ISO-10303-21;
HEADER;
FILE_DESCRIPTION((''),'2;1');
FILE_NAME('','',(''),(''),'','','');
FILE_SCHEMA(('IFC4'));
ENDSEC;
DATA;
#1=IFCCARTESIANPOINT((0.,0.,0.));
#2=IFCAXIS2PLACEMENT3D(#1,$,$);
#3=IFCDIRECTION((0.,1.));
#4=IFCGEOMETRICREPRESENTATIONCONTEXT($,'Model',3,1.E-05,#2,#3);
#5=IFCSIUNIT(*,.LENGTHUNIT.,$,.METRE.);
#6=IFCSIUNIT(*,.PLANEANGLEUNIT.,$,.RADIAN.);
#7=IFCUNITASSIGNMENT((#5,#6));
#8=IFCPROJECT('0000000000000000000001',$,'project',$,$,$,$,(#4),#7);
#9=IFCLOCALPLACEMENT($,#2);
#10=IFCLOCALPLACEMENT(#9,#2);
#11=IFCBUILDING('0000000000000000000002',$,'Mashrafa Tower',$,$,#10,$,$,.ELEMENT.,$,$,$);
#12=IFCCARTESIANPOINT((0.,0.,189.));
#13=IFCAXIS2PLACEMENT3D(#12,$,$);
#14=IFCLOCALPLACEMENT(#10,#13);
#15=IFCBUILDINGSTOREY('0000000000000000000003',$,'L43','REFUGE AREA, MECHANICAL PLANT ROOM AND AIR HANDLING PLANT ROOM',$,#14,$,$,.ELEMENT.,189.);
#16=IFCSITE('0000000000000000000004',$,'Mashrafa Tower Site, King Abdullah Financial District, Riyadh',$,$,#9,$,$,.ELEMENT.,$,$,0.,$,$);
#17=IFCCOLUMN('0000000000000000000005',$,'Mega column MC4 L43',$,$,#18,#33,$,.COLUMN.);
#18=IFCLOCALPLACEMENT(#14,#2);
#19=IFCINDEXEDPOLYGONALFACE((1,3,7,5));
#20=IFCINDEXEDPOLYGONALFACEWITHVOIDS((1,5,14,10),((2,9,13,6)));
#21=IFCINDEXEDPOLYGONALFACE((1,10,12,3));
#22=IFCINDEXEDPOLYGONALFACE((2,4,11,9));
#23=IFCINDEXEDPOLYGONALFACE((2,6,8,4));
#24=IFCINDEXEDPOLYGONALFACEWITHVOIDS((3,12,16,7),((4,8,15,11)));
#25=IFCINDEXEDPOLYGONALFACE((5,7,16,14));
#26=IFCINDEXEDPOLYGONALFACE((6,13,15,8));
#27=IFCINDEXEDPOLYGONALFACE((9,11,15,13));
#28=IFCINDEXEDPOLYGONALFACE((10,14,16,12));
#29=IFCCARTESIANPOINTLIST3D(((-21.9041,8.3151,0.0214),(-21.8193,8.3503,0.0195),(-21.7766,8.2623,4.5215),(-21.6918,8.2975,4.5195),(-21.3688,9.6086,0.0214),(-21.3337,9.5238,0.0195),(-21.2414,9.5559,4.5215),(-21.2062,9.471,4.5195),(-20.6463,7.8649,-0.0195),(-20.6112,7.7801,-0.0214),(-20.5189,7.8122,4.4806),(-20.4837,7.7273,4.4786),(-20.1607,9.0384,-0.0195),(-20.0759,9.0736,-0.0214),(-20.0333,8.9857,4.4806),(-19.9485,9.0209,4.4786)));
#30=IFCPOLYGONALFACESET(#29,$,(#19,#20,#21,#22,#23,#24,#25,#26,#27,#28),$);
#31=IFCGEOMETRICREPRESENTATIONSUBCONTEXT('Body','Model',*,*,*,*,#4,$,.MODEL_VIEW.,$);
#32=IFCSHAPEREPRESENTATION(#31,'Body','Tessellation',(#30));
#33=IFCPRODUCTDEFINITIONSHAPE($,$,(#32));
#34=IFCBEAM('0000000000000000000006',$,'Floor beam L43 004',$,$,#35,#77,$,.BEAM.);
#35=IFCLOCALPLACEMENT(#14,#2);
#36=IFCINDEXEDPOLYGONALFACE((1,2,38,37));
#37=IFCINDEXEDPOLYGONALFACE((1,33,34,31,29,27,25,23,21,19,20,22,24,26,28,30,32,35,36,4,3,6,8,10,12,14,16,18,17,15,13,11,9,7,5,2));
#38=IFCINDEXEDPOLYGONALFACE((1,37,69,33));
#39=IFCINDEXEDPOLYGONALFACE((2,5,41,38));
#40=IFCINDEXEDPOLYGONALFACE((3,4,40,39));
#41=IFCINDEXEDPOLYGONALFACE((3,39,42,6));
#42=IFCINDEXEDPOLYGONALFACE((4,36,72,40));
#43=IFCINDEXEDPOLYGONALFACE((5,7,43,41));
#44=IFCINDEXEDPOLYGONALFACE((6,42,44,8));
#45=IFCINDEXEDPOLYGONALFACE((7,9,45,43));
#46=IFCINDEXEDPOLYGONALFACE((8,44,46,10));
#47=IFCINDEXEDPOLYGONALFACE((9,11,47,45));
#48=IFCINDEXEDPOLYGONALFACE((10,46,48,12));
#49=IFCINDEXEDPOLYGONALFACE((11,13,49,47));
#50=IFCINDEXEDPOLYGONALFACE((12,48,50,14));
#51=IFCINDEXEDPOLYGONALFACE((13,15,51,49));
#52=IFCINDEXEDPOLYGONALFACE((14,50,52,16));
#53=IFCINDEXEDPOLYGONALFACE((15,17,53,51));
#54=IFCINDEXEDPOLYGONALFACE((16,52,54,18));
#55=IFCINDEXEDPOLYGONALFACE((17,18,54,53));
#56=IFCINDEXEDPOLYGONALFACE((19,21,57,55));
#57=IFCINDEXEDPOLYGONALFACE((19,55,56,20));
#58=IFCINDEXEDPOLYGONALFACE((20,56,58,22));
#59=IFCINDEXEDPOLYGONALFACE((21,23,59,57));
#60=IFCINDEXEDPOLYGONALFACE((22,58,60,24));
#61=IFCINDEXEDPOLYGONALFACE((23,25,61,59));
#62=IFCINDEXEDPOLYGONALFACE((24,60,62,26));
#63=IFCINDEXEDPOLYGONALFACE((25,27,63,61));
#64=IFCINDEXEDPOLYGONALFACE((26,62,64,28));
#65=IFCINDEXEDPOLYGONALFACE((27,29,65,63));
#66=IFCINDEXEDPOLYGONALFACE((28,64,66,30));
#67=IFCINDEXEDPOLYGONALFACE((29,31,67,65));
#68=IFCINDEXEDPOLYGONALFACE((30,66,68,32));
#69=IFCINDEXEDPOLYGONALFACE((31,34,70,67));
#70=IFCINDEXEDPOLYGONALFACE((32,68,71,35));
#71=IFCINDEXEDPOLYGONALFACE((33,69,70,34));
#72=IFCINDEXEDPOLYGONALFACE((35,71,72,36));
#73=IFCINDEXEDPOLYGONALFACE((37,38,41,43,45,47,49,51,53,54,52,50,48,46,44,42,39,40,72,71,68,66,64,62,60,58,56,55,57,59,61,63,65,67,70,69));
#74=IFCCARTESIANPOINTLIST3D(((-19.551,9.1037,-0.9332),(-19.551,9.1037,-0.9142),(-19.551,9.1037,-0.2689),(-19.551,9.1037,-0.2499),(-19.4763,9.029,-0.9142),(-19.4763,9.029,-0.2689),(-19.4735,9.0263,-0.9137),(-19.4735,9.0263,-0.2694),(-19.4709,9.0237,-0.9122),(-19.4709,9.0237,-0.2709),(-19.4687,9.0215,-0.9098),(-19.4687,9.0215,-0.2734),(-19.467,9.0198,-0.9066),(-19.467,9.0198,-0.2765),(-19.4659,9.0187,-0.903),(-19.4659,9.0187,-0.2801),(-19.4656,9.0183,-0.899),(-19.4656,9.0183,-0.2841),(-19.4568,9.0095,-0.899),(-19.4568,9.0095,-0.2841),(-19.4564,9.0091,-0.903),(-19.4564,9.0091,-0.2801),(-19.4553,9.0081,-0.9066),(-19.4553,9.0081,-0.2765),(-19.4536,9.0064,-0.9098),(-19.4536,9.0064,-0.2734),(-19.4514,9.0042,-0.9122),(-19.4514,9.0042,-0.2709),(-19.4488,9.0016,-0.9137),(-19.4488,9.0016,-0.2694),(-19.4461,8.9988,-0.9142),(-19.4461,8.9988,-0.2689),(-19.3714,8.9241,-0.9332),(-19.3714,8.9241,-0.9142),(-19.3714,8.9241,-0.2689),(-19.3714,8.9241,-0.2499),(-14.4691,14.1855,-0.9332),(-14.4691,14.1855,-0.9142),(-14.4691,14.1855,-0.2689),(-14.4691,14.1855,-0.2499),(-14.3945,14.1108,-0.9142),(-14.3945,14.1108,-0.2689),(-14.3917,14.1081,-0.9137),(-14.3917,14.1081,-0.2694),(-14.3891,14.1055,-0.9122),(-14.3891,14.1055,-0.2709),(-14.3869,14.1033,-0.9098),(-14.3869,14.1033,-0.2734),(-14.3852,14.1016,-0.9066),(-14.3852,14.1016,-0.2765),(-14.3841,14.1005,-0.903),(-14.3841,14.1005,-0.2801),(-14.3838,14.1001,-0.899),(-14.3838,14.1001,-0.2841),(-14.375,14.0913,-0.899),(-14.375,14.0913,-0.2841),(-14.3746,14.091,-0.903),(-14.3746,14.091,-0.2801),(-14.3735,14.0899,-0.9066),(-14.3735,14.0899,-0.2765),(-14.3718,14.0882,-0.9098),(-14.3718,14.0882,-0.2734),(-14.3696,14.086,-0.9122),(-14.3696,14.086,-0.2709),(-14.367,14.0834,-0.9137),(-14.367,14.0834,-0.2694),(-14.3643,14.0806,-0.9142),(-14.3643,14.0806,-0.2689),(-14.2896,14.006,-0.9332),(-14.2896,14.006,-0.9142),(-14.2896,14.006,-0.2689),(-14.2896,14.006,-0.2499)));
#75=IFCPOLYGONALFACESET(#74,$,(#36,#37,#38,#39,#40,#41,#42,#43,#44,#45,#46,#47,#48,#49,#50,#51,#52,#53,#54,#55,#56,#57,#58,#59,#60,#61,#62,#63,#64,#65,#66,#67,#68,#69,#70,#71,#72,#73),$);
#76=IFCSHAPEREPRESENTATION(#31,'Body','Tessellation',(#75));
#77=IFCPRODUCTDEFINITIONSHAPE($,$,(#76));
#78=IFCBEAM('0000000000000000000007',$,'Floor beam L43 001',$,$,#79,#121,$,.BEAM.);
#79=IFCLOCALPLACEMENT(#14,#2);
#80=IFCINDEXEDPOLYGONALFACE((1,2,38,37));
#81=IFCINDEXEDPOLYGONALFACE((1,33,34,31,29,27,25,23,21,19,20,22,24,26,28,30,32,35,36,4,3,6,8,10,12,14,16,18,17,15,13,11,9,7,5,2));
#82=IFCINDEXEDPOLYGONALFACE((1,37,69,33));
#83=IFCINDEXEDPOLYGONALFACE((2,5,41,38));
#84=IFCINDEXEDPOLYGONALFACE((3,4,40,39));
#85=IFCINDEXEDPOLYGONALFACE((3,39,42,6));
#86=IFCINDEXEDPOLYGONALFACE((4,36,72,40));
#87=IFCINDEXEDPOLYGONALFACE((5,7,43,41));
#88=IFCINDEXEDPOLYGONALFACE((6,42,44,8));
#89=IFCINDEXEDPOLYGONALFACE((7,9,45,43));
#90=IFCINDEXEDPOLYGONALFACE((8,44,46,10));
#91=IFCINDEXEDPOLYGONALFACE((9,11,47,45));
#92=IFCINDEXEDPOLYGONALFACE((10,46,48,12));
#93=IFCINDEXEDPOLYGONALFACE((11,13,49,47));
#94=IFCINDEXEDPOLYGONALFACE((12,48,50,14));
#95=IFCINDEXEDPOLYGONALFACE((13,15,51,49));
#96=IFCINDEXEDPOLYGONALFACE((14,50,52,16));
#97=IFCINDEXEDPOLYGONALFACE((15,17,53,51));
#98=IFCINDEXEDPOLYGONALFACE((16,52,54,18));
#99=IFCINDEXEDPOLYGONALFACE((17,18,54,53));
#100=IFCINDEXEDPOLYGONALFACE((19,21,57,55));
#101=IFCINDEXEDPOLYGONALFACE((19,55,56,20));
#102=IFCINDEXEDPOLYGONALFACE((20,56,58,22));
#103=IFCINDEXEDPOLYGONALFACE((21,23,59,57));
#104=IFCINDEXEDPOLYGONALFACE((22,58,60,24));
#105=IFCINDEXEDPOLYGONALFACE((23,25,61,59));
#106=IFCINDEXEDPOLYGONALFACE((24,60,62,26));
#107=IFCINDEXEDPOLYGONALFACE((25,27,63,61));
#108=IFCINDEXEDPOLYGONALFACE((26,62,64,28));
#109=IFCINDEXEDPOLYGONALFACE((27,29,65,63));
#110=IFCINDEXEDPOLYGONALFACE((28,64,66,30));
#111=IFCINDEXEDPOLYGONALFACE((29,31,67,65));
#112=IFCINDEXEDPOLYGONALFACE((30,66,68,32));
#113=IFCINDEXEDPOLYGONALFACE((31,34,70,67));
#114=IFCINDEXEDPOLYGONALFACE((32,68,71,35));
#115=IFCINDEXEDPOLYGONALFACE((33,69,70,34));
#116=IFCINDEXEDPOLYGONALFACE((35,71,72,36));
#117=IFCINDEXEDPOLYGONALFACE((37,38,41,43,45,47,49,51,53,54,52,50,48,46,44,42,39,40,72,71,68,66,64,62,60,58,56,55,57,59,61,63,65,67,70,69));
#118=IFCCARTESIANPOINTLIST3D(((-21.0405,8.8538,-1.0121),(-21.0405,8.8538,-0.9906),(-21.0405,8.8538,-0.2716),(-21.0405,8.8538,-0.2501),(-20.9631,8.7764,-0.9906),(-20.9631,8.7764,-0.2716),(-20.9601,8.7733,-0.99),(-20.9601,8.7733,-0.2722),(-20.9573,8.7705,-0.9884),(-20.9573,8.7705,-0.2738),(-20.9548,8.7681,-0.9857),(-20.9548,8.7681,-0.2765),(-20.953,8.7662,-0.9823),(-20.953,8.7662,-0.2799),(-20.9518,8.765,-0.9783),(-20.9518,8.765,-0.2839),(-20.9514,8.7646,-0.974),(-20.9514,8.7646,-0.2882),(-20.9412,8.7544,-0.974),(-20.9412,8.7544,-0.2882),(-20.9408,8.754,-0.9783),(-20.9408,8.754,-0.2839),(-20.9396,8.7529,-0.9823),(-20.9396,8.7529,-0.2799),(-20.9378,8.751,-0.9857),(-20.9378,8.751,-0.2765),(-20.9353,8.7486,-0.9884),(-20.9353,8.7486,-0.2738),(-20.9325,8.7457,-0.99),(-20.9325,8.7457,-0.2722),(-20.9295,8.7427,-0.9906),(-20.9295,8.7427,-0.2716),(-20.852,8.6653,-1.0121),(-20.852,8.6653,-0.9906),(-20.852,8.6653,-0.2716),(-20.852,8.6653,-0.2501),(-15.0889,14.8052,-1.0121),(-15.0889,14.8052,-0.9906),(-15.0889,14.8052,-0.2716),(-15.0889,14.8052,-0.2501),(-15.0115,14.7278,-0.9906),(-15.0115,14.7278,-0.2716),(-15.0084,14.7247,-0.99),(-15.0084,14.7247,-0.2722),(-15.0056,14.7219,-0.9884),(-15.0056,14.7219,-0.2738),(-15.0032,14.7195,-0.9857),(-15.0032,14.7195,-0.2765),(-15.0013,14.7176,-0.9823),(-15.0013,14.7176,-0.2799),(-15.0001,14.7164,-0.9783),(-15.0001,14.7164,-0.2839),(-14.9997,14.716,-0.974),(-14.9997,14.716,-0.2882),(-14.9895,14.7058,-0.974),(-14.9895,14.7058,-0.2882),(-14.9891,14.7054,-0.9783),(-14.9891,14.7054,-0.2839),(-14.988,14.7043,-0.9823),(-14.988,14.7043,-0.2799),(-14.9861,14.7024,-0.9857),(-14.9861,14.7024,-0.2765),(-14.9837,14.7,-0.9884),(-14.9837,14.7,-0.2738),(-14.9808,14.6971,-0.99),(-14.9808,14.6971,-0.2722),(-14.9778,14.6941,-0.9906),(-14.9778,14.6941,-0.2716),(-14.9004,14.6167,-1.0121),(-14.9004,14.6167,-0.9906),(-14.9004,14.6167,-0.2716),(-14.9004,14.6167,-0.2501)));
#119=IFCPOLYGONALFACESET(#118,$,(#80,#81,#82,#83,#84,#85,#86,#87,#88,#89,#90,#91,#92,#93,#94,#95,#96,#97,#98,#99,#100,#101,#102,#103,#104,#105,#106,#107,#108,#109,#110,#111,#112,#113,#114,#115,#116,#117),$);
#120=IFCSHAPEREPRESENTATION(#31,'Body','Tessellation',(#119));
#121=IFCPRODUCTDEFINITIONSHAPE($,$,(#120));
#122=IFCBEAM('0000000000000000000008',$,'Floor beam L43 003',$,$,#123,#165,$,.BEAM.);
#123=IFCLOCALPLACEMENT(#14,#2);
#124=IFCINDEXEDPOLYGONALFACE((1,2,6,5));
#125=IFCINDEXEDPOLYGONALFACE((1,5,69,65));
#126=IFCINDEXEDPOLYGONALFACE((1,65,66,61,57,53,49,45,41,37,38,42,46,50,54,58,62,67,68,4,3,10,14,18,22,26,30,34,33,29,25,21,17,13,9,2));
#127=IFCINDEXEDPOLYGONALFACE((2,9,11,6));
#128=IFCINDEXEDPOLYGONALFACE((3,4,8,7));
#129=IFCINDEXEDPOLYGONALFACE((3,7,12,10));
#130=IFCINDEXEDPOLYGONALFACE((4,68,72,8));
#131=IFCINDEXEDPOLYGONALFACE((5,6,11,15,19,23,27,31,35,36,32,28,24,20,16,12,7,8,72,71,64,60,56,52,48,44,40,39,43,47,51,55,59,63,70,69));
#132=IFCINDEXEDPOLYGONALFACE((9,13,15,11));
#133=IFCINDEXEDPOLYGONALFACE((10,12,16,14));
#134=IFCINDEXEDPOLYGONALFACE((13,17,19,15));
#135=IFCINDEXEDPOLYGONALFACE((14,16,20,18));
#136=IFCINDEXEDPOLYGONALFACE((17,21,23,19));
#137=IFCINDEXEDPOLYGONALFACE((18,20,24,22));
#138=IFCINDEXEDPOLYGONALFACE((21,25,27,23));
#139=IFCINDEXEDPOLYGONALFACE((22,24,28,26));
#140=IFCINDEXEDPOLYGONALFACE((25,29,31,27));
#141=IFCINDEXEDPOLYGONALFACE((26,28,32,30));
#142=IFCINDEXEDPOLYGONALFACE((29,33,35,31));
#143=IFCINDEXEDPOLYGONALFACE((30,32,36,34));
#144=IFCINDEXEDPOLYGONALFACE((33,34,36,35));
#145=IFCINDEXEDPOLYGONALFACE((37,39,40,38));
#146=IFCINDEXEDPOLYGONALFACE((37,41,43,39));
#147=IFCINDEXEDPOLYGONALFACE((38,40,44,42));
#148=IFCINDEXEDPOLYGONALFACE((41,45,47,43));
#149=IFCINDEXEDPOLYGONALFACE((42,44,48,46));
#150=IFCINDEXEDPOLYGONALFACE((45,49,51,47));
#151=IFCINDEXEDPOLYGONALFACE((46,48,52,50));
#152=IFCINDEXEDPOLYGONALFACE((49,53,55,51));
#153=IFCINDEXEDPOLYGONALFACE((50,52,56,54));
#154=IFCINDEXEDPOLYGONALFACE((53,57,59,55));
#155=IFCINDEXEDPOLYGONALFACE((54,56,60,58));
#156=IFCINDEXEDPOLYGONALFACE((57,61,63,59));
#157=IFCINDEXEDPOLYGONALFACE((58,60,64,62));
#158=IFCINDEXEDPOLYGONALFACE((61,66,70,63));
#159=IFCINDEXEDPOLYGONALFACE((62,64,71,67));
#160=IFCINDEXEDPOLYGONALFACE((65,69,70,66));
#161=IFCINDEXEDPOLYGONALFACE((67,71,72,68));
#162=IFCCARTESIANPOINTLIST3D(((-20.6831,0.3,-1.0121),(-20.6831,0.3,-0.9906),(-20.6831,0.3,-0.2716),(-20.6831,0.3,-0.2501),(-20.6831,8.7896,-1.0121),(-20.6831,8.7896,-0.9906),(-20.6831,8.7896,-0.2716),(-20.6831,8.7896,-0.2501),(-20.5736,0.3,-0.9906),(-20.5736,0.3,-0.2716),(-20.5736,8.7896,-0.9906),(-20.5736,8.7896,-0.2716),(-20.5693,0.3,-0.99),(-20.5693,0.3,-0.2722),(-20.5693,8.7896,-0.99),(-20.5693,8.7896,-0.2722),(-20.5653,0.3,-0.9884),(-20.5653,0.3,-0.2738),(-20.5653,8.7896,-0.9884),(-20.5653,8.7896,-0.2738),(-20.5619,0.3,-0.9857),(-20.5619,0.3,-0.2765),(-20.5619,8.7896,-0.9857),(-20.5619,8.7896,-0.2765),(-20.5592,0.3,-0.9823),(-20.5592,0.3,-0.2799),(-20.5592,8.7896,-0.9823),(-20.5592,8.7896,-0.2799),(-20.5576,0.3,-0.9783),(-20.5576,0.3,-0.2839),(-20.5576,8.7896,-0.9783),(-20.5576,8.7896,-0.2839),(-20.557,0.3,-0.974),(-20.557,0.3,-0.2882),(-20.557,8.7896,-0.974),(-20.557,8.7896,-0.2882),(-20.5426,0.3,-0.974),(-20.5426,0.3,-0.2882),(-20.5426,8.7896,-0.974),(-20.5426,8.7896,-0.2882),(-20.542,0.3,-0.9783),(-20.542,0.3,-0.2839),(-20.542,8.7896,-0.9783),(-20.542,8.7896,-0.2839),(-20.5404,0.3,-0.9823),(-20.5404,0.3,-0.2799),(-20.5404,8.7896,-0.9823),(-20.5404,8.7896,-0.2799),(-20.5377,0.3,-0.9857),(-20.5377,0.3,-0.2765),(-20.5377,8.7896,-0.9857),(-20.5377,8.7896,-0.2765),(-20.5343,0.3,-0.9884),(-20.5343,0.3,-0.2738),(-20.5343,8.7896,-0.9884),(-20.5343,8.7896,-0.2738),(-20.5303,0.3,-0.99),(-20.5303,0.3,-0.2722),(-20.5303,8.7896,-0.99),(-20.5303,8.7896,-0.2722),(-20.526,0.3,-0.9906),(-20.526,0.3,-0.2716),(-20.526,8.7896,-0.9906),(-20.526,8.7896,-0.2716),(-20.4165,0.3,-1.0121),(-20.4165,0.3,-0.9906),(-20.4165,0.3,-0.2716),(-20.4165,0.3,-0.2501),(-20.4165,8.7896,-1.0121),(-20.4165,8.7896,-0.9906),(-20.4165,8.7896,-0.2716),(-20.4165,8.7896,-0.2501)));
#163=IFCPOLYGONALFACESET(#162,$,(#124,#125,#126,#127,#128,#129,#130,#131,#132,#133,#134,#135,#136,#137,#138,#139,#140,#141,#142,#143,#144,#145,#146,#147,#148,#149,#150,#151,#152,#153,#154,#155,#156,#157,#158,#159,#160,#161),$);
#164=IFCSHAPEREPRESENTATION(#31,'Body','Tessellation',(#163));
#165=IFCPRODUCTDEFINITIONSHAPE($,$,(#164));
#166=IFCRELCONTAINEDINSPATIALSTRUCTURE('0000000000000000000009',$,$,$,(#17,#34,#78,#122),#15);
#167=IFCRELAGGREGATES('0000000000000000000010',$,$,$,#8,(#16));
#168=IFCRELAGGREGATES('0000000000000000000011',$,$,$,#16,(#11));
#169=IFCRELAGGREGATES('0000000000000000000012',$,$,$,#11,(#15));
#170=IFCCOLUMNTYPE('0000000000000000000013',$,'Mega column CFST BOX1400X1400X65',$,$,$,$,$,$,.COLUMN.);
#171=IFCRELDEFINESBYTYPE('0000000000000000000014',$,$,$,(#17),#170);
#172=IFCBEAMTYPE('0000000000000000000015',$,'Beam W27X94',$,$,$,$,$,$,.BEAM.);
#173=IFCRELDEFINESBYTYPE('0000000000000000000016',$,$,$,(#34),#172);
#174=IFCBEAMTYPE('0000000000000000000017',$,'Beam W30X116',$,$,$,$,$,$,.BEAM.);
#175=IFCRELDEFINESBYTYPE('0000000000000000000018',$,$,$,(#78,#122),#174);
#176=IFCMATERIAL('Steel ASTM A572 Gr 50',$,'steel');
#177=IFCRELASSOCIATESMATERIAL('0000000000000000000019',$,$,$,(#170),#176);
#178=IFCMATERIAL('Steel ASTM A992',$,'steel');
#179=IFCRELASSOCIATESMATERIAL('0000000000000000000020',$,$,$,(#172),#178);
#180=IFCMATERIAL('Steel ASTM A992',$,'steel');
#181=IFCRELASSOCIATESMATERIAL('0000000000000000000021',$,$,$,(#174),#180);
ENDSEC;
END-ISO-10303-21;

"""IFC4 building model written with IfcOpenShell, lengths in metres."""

from ifc_helpers import new_model, si_unit, direction, frame, origin, origin_2d, place, context, subcontext, project, spatial, hollow_rectangle, i_section, extrude, material, material_profile, profile_set, type_object, element, save


model = new_model("IFC4")

# Units and contexts
model_context = context("Model", 3, precision=1e-05, world=origin(), true_north=direction((0.0, 1.0)))
body_context = subcontext(model_context, "Body", "Model", "MODEL_VIEW")
ifc_project = project(units=[si_unit("LENGTHUNIT", "METRE"), si_unit("PLANEANGLEUNIT", "RADIAN")], contexts=[model_context])

# Site, building, storey
site_placement = place(None, origin())
site = spatial("IfcSite", under=ifc_project, at=site_placement, Name="Mashrafa Tower Site, King Abdullah Financial District, Riyadh", CompositionType="ELEMENT", RefElevation=0.0)
building_placement = place(site_placement, origin())
building = spatial("IfcBuilding", under=site, at=building_placement, Name="Mashrafa Tower", CompositionType="ELEMENT")
storey_placement = place(building_placement, frame((0.0, 0.0, 189.0)))
storey = spatial("IfcBuildingStorey", under=building, at=storey_placement, Name="L43", Description="REFUGE AREA, MECHANICAL PLANT ROOM AND AIR HANDLING PLANT ROOM", CompositionType="ELEMENT", Elevation=189.0)

# Column
ifc_material_1 = material(Name="Steel ASTM A572 Gr 50", Category="steel")
ifc_material_profile_1 = material_profile(ifc_material_1, hollow_rectangle(XDim=1.3999, YDim=1.3999, WallThickness=0.0649, at=origin_2d()), Name="BOX1400X1400X65")
ifc_profile_set_1 = profile_set([ifc_material_profile_1], Name="Steel ASTM A572 Gr 50")
column_type = type_object("IfcColumnType", Name="Mega column CFST BOX1400X1400X65", PredefinedType="COLUMN", material=ifc_profile_set_1)
column_placement = place(storey_placement, frame((-20.99, 8.6943, 0.0), z_axis=(0.028307, -0.011713, 0.999531), x_axis=(0.382352, 0.924017, 0.0)))
element("IfcColumn", 1, at=column_placement, inside=storey, type_object=column_type, Name="Mega column MC4 L43", PredefinedType="COLUMN", context=body_context, shape_type="SweptSolid", body=[
    extrude(hollow_rectangle(XDim=1.3999, YDim=1.3999, WallThickness=0.0649, at=origin_2d()), origin(), (0.0, 0.0, 1.0), 4.5022),
])

# Beams
ifc_material_2 = material(Name="Steel ASTM A992", Category="steel")
ifc_material_profile_2 = material_profile(ifc_material_2, i_section(OverallWidth=0.2539, OverallDepth=0.6833, WebThickness=0.0125, FlangeThickness=0.019, FilletRadius=0.0151, at=origin_2d()), Name="W27X94")
ifc_profile_set_2 = profile_set([ifc_material_profile_2], Name="Steel ASTM A992")
beam_type_1 = type_object("IfcBeamType", Name="Beam W27X94", PredefinedType="BEAM", material=ifc_profile_set_2)
beam_1_placement = place(storey_placement, frame((-19.4612, 9.0139, -0.5916), z_axis=(0.707107, 0.707107, 0.0), x_axis=(-0.707107, 0.707107, 0.0)))
element("IfcBeam", 2, at=beam_1_placement, inside=storey, type_object=beam_type_1, Name="Floor beam L43 004", PredefinedType="BEAM", context=body_context, shape_type="SweptSolid", body=[
    extrude(i_section(OverallWidth=0.2539, OverallDepth=0.6833, WebThickness=0.0125, FlangeThickness=0.019, FilletRadius=0.0151, at=origin_2d()), origin(), (0.0, 0.0, 1.0), 7.1868),
])
ifc_material_3 = material(Name="Steel ASTM A992", Category="steel")
ifc_material_profile_3 = material_profile(ifc_material_3, i_section(OverallWidth=0.2666, OverallDepth=0.762, WebThickness=0.0144, FlangeThickness=0.0215, FilletRadius=0.0166, at=origin_2d()), Name="W30X116")
ifc_profile_set_3 = profile_set([ifc_material_profile_3], Name="Steel ASTM A992")
beam_type_2 = type_object("IfcBeamType", Name="Beam W30X116", PredefinedType="BEAM", material=ifc_profile_set_3)
beam_2_placement = place(storey_placement, frame((-20.9463, 8.7595, -0.6311), z_axis=(0.707121, 0.707092, 0.0), x_axis=(-0.707092, 0.707121, 0.0)))
element("IfcBeam", 3, at=beam_2_placement, inside=storey, type_object=beam_type_2, Name="Floor beam L43 001", PredefinedType="BEAM", context=body_context, shape_type="SweptSolid", body=[
    extrude(i_section(OverallWidth=0.2666, OverallDepth=0.762, WebThickness=0.0144, FlangeThickness=0.0215, FilletRadius=0.0166, at=origin_2d()), origin(), (0.0, 0.0, 1.0), 8.4167),
])
beam_3_placement = place(storey_placement, frame((-20.5498, 0.3, -0.6311), z_axis=(0.0, 1.0, 0.0), x_axis=(-1.0, 0.0, 0.0)))
element("IfcBeam", 4, at=beam_3_placement, inside=storey, type_object=beam_type_2, Name="Floor beam L43 003", PredefinedType="BEAM", context=body_context, shape_type="SweptSolid", body=[
    extrude(i_section(OverallWidth=0.2666, OverallDepth=0.762, WebThickness=0.0144, FlangeThickness=0.0215, FilletRadius=0.0166, at=origin_2d()), origin(), (0.0, 0.0, 1.0), 8.4895),
])

save(model, "model.ifc")
